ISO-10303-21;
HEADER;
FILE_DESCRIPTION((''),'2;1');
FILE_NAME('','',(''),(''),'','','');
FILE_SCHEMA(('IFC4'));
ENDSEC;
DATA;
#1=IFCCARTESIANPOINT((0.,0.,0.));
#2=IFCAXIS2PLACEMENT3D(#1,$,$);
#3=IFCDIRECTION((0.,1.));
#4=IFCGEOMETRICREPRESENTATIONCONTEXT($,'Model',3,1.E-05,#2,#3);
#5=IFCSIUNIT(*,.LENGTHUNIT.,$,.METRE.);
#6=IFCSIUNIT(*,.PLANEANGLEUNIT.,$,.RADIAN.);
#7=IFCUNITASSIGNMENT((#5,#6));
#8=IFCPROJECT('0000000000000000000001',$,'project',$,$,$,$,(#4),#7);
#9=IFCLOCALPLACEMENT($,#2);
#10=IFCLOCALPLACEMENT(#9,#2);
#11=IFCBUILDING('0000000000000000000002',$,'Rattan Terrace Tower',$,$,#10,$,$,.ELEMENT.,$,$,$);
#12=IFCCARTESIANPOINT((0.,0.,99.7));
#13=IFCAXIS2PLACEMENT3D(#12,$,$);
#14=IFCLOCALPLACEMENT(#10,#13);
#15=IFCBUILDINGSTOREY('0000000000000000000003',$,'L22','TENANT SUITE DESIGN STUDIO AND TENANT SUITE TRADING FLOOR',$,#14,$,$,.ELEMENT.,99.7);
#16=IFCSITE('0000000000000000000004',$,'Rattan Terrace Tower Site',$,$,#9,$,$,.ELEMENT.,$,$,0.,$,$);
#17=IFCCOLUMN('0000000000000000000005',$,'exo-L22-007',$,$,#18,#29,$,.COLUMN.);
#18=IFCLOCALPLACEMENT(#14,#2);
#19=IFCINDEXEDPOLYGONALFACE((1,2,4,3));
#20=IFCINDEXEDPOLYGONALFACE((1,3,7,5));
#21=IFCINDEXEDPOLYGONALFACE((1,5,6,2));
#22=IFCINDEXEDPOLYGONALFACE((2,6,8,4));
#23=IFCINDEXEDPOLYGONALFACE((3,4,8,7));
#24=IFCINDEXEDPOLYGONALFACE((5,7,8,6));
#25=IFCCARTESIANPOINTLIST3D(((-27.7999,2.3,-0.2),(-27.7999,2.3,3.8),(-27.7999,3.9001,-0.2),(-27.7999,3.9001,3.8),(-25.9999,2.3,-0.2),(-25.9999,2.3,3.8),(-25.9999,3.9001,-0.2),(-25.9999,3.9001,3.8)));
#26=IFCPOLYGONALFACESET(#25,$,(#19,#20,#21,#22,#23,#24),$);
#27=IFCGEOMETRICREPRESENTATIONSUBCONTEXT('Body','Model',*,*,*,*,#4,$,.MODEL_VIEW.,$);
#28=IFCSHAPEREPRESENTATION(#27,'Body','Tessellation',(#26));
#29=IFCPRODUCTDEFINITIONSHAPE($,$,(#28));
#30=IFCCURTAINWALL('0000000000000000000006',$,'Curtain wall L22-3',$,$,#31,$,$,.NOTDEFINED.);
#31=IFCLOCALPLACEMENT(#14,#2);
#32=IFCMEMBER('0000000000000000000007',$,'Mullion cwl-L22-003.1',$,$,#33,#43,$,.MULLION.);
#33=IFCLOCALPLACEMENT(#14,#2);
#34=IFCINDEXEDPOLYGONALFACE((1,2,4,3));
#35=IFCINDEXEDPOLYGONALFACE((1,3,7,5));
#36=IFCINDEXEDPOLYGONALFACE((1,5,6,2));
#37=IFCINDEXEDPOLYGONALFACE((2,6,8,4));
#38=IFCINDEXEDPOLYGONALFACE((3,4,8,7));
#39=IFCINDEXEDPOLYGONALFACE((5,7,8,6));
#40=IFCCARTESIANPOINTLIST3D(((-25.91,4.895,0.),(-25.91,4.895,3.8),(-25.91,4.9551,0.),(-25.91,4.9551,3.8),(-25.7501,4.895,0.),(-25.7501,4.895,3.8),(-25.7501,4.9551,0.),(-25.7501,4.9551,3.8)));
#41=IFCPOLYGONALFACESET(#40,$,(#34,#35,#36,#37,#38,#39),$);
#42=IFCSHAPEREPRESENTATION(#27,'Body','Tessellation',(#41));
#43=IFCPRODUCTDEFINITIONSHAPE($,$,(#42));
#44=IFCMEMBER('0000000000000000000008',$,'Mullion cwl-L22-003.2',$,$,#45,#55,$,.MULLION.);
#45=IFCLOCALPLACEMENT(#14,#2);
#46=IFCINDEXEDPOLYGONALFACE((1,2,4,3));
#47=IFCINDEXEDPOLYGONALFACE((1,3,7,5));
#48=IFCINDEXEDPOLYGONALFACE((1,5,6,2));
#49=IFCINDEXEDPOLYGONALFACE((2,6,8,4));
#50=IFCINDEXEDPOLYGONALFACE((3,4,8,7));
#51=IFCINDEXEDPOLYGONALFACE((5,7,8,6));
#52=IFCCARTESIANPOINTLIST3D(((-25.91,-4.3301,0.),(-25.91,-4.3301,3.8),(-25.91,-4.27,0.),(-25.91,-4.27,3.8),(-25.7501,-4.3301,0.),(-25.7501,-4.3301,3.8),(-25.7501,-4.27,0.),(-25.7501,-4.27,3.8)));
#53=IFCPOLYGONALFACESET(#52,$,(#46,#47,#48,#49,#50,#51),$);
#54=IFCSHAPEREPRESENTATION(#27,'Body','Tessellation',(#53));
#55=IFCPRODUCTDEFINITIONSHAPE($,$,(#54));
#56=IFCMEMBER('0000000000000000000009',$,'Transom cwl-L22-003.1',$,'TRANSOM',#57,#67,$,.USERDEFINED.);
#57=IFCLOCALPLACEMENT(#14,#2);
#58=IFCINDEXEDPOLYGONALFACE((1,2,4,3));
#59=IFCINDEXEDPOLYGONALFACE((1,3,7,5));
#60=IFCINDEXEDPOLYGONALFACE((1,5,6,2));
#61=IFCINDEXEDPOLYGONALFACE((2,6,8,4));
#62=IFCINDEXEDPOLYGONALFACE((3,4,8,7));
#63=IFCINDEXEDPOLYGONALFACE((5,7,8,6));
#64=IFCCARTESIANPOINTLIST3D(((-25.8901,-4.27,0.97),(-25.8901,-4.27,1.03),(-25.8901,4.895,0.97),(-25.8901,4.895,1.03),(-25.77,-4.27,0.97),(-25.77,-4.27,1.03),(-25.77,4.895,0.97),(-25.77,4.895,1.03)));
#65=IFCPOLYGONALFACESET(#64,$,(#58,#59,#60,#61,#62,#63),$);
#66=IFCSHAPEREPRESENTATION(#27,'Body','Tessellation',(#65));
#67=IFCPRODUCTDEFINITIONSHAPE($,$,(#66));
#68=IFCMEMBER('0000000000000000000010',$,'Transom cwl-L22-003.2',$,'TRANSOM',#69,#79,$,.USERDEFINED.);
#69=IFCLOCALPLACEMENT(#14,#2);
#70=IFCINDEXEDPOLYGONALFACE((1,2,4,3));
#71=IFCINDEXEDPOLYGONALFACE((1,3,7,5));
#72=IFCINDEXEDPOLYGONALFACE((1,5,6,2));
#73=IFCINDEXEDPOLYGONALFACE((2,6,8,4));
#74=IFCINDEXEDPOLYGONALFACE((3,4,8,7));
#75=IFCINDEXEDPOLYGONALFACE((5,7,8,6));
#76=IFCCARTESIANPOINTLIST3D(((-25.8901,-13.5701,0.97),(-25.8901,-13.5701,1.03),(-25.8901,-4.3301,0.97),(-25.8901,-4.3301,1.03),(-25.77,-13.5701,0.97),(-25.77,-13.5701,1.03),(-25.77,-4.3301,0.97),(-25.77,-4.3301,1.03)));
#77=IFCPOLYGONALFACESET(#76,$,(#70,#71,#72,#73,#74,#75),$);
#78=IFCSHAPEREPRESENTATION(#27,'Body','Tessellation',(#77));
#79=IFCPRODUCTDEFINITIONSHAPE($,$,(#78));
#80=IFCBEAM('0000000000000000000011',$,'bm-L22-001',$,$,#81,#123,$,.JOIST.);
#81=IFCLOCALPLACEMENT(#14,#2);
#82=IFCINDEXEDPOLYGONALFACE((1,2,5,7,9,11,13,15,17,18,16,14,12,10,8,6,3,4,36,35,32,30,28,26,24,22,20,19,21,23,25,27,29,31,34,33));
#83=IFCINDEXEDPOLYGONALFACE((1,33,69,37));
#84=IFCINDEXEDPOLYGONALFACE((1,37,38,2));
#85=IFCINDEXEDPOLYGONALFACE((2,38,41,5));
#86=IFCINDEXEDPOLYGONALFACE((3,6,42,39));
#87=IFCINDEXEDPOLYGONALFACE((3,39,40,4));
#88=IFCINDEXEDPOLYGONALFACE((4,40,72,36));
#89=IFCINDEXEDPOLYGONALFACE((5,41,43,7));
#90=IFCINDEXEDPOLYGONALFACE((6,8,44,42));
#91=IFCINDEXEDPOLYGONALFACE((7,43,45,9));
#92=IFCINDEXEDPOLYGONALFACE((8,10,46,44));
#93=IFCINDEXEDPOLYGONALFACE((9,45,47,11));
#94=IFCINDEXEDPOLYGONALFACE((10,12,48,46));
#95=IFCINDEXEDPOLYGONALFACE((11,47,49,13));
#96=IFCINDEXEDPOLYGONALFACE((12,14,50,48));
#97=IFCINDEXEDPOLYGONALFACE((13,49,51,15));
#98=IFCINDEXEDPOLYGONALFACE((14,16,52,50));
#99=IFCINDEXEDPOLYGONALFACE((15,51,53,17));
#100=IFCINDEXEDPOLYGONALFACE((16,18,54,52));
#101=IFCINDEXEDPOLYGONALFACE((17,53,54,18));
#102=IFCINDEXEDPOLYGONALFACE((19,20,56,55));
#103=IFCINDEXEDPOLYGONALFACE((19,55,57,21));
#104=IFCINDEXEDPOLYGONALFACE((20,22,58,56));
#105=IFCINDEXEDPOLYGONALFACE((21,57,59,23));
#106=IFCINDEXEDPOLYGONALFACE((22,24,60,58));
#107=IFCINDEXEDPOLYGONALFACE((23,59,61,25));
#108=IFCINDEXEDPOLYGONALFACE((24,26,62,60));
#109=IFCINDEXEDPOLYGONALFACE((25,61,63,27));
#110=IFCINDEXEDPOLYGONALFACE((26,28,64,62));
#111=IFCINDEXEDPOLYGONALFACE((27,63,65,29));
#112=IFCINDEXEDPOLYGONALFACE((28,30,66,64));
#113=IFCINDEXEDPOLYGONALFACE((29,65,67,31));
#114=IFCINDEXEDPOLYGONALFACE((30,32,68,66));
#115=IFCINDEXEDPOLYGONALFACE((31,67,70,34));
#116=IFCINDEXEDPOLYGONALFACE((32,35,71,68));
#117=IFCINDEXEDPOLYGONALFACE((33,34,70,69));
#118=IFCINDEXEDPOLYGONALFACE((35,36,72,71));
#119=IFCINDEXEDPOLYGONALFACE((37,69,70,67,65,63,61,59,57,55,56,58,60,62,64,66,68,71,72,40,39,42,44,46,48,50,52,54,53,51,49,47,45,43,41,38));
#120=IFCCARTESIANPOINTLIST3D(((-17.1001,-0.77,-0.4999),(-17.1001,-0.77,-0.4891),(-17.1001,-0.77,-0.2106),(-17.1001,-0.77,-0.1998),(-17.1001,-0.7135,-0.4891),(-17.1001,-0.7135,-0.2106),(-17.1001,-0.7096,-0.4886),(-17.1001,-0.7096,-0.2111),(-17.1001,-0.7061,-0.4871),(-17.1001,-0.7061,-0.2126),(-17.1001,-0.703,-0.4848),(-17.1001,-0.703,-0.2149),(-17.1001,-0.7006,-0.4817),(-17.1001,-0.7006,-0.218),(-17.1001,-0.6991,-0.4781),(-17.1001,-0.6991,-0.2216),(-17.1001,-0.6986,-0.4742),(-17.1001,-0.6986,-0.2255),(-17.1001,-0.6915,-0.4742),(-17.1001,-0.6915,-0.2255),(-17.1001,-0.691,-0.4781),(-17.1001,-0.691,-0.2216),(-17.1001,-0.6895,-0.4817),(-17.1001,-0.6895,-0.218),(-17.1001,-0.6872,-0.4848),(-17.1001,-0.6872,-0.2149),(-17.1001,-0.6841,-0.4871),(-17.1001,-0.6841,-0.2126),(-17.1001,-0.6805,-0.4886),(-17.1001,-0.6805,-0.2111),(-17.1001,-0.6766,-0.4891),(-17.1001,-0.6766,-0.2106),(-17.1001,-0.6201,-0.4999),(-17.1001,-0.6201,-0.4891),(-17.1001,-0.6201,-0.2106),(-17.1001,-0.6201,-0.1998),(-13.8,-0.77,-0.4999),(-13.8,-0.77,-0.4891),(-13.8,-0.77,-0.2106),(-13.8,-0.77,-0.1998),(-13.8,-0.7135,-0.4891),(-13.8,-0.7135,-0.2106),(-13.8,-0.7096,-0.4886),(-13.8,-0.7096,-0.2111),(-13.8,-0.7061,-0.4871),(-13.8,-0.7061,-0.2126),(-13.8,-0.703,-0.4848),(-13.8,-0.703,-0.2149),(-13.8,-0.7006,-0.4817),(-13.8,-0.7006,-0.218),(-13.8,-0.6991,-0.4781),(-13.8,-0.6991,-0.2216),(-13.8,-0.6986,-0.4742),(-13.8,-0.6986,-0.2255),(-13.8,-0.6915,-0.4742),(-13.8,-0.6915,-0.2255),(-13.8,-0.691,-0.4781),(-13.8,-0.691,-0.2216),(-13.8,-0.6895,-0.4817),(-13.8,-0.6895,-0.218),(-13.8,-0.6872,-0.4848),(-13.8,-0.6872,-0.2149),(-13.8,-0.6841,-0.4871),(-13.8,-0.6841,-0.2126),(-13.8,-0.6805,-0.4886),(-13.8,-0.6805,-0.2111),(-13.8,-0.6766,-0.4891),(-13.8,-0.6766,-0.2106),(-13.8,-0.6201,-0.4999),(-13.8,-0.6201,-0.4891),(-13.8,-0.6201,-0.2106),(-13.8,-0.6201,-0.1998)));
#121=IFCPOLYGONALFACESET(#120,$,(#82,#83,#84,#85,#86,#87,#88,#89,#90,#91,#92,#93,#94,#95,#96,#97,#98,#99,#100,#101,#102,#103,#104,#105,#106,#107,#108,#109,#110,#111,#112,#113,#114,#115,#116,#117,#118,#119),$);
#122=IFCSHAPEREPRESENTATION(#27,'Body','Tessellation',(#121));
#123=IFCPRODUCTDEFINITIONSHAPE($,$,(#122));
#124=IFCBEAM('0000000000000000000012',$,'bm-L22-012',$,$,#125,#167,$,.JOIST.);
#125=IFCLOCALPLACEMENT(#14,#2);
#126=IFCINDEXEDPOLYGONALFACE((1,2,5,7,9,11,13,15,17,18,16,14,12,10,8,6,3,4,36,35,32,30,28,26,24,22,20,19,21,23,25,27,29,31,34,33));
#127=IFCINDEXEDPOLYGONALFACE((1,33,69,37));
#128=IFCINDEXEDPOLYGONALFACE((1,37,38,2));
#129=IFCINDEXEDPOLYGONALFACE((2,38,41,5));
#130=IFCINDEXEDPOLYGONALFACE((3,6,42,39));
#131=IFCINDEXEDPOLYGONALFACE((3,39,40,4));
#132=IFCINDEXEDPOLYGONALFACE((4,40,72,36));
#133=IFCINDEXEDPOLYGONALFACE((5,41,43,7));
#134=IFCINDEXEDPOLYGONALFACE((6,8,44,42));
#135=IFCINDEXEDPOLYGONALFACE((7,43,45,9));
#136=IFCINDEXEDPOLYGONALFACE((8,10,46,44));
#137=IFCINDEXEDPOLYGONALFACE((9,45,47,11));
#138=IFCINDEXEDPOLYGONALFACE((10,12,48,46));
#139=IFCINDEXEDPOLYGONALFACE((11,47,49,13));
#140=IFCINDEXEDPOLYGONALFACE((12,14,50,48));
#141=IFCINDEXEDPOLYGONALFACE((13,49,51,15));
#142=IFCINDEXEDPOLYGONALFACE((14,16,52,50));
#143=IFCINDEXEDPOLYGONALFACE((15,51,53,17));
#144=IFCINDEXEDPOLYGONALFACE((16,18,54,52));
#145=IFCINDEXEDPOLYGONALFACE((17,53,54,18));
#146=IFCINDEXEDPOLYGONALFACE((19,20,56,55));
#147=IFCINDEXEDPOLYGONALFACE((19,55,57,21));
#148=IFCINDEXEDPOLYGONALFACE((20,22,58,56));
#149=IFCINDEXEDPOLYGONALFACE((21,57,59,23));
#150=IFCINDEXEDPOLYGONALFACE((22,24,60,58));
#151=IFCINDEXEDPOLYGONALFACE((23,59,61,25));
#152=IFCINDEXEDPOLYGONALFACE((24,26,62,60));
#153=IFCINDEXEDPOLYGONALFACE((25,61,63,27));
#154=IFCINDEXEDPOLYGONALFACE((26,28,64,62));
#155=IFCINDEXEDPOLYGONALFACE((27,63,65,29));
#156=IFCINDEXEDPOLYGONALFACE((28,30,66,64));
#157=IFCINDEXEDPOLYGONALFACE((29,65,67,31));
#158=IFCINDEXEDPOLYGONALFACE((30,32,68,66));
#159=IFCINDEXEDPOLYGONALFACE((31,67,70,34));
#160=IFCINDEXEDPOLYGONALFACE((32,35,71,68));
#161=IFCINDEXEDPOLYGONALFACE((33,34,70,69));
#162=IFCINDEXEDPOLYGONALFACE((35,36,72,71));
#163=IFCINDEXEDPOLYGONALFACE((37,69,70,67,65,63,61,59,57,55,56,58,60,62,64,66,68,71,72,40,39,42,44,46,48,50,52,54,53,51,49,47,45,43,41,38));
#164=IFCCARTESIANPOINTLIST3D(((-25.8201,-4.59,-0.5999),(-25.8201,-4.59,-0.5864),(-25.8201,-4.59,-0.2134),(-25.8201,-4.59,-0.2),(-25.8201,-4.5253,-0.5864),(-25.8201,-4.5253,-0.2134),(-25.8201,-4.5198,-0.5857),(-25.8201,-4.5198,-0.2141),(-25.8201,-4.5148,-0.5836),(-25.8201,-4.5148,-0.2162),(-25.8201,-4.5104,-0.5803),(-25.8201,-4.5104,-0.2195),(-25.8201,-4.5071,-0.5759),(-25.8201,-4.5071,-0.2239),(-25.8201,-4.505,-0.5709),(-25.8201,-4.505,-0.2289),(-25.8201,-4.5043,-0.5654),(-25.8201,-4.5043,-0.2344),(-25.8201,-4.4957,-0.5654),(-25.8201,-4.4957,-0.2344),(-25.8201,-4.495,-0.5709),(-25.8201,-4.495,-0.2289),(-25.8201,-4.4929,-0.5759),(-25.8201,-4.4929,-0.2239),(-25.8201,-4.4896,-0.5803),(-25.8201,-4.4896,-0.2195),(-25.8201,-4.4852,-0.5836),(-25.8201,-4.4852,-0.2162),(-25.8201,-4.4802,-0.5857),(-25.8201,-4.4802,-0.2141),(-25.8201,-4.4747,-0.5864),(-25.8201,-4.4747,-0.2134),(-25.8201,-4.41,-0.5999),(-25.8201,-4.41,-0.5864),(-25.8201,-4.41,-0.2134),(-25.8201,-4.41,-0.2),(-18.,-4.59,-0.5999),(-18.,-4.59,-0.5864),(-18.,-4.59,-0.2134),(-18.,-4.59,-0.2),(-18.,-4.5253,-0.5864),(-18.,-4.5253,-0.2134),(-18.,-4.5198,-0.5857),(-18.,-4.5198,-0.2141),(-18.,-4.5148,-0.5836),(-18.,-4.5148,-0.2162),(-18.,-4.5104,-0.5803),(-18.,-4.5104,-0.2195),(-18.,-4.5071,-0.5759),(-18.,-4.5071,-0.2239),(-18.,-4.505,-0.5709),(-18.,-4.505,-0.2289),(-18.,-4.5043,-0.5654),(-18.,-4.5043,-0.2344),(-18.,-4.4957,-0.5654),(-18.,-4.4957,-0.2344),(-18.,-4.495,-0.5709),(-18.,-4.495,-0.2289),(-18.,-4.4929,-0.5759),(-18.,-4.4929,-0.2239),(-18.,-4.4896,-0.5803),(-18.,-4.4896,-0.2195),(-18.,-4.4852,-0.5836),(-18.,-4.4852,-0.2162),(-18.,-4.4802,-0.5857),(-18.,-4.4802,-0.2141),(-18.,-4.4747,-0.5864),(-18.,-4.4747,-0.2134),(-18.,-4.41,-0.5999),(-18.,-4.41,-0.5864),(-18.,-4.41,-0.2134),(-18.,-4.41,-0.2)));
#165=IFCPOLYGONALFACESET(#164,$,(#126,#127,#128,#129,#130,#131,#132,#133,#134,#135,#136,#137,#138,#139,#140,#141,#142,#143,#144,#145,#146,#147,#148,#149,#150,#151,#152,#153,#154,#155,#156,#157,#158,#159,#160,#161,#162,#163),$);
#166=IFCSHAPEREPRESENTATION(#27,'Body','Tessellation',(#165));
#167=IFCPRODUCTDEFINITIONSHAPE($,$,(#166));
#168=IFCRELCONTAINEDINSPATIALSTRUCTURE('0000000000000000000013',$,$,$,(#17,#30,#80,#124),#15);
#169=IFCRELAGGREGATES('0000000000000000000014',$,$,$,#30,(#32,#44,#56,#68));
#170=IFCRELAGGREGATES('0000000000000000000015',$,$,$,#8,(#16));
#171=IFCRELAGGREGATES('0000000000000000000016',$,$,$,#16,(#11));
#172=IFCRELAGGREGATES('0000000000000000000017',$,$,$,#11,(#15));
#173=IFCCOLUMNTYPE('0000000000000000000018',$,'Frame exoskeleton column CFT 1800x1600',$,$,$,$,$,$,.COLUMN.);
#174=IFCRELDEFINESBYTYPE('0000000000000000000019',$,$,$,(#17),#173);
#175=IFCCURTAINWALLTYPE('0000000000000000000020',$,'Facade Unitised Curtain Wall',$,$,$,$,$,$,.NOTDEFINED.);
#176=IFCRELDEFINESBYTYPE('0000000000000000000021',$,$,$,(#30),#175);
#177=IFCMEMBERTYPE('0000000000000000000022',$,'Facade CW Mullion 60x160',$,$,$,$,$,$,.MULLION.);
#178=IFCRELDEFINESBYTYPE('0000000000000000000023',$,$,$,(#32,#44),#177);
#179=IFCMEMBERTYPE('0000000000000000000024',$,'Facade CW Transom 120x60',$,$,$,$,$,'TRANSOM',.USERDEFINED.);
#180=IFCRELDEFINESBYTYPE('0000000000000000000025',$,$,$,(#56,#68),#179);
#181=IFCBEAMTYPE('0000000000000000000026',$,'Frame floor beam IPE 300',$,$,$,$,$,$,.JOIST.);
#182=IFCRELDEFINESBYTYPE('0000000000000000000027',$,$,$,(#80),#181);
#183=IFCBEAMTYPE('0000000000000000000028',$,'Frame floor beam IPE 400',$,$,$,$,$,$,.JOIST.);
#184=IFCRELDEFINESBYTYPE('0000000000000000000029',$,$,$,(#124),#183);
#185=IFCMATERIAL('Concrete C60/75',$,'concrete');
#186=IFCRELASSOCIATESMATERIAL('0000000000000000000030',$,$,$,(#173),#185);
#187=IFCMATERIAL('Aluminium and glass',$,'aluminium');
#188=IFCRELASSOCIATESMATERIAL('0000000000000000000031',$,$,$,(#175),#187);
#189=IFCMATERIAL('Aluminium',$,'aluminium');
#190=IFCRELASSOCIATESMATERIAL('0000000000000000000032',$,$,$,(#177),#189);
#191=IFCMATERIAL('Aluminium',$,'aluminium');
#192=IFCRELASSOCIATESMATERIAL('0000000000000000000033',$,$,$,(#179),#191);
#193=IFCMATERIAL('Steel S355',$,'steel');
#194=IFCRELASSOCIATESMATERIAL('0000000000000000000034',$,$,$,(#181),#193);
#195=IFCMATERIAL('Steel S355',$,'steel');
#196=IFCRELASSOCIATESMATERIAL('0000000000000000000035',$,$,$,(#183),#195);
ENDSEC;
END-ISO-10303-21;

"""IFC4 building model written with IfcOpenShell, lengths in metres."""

from ifc_helpers import new_model, si_unit, direction, frame, origin, origin_2d, place, context, subcontext, project, spatial, rectangle, i_section, extrude, material, material_profile, profile_set, type_object, element, aggregate, save


model = new_model("IFC4")

# Units and contexts
model_context = context("Model", 3, precision=1e-05, world=origin(), true_north=direction((0.0, 1.0)))
body_context = subcontext(model_context, "Body", "Model", "MODEL_VIEW")
ifc_project = project(units=[si_unit("LENGTHUNIT", "METRE"), si_unit("PLANEANGLEUNIT", "RADIAN")], contexts=[model_context])

# Site, building, storey
site_placement = place(None, origin())
site = spatial("IfcSite", under=ifc_project, at=site_placement, Name="Rattan Terrace Tower Site", CompositionType="ELEMENT", RefElevation=0.0)
building_placement = place(site_placement, origin())
building = spatial("IfcBuilding", under=site, at=building_placement, Name="Rattan Terrace Tower", CompositionType="ELEMENT")
storey_placement = place(building_placement, frame((0.0, 0.0, 99.7)))
storey = spatial("IfcBuildingStorey", under=building, at=storey_placement, Name="L22", Description="TENANT SUITE DESIGN STUDIO AND TENANT SUITE TRADING FLOOR", CompositionType="ELEMENT", Elevation=99.7)

# Column
ifc_material_1 = material(Name="Concrete C60/75", Category="concrete")
ifc_material_profile_1 = material_profile(ifc_material_1, rectangle(XDim=1.6001, YDim=1.8, at=origin_2d()), Name="CFT 1800x1600")
ifc_profile_set_1 = profile_set([ifc_material_profile_1], Name="Concrete C60/75")
column_type = type_object("IfcColumnType", Name="Frame exoskeleton column CFT 1800x1600", PredefinedType="COLUMN", material=ifc_profile_set_1)
column_placement = place(storey_placement, frame((-26.8999, 3.1001, -0.2), z_axis=(0.0, 0.0, 1.0), x_axis=(0.0, 1.0, 0.0)))
element("IfcColumn", 1, at=column_placement, inside=storey, type_object=column_type, Name="exo-L22-007", PredefinedType="COLUMN", context=body_context, shape_type="SweptSolid", body=[
    extrude(rectangle(XDim=1.6001, YDim=1.8, at=origin_2d()), origin(), (0.0, 0.0, 1.0), 4.0),
])

# Curtain wall, members
ifc_material_2 = material(Name="Aluminium and glass", Category="aluminium")
curtain_wall_type = type_object("IfcCurtainWallType", Name="Facade Unitised Curtain Wall", PredefinedType="NOTDEFINED", material=ifc_material_2)
curtain_wall_placement = place(storey_placement, origin())
curtain_wall = element("IfcCurtainWall", 2, at=curtain_wall_placement, inside=storey, type_object=curtain_wall_type, Name="Curtain wall L22-3", PredefinedType="NOTDEFINED")
ifc_material_3 = material(Name="Aluminium", Category="aluminium")
ifc_material_profile_2 = material_profile(ifc_material_3, rectangle(XDim=0.0601, YDim=0.1599, at=origin_2d()), Name="Aluminium 60x160")
ifc_profile_set_2 = profile_set([ifc_material_profile_2], Name="Aluminium")
member_type_1 = type_object("IfcMemberType", Name="Facade CW Mullion 60x160", PredefinedType="MULLION", material=ifc_profile_set_2)
member_1_placement = place(storey_placement, frame((-25.8301, 4.925, 0.0), z_axis=(0.0, 0.0, 1.0), x_axis=(0.0, -1.0, 0.0)))
member_1 = element("IfcMember", 3, at=member_1_placement, type_object=member_type_1, Name="Mullion cwl-L22-003.1", PredefinedType="MULLION", context=body_context, shape_type="SweptSolid", body=[
    extrude(rectangle(XDim=0.0601, YDim=0.1599, at=origin_2d()), origin(), (0.0, 0.0, 1.0), 3.8),
])
member_2_placement = place(storey_placement, frame((-25.8301, -4.3, 0.0), z_axis=(0.0, 0.0, 1.0), x_axis=(0.0, -1.0, 0.0)))
member_2 = element("IfcMember", 4, at=member_2_placement, type_object=member_type_1, Name="Mullion cwl-L22-003.2", PredefinedType="MULLION", context=body_context, shape_type="SweptSolid", body=[
    extrude(rectangle(XDim=0.0601, YDim=0.1599, at=origin_2d()), origin(), (0.0, 0.0, 1.0), 3.8),
])
ifc_material_4 = material(Name="Aluminium", Category="aluminium")
ifc_material_profile_3 = material_profile(ifc_material_4, rectangle(XDim=0.1201, YDim=0.0601, at=origin_2d()), Name="Aluminium 120x60")
ifc_profile_set_3 = profile_set([ifc_material_profile_3], Name="Aluminium")
member_type_2 = type_object("IfcMemberType", Name="Facade CW Transom 120x60", ElementType="TRANSOM", PredefinedType="USERDEFINED", material=ifc_profile_set_3)
member_3_placement = place(storey_placement, frame((-25.8301, 4.895, 1.0), z_axis=(0.0, -1.0, 0.0), x_axis=(1.0, 0.0, 0.0)))
member_3 = element("IfcMember", 5, at=member_3_placement, type_object=member_type_2, Name="Transom cwl-L22-003.1", ObjectType="TRANSOM", PredefinedType="USERDEFINED", context=body_context, shape_type="SweptSolid", body=[
    extrude(rectangle(XDim=0.1201, YDim=0.0601, at=origin_2d()), origin(), (0.0, 0.0, 1.0), 9.165),
])
member_4_placement = place(storey_placement, frame((-25.8301, -4.3301, 1.0), z_axis=(0.0, -1.0, 0.0), x_axis=(1.0, 0.0, 0.0)))
member_4 = element("IfcMember", 6, at=member_4_placement, type_object=member_type_2, Name="Transom cwl-L22-003.2", ObjectType="TRANSOM", PredefinedType="USERDEFINED", context=body_context, shape_type="SweptSolid", body=[
    extrude(rectangle(XDim=0.1201, YDim=0.0601, at=origin_2d()), origin(), (0.0, 0.0, 1.0), 9.24),
])

# Beams
ifc_material_5 = material(Name="Steel S355", Category="steel")
ifc_material_profile_4 = material_profile(ifc_material_5, i_section(OverallWidth=0.1499, OverallDepth=0.3, WebThickness=0.0071, FlangeThickness=0.0107, FilletRadius=0.0149, at=origin_2d()), Name="IPE 300")
ifc_profile_set_4 = profile_set([ifc_material_profile_4], Name="Steel S355")
beam_type_1 = type_object("IfcBeamType", Name="Frame floor beam IPE 300", PredefinedType="JOIST", material=ifc_profile_set_4)
beam_placement = place(storey_placement, frame((-17.1001, -0.6951, -0.3499), z_axis=(1.0, 0.0, 0.0), x_axis=(0.0, 1.0, 0.0)))
element("IfcBeam", 7, at=beam_placement, inside=storey, type_object=beam_type_1, Name="bm-L22-001", PredefinedType="JOIST", context=body_context, shape_type="SweptSolid", body=[
    extrude(i_section(OverallWidth=0.1499, OverallDepth=0.3, WebThickness=0.0071, FlangeThickness=0.0107, FilletRadius=0.0149, at=origin_2d()), origin(), (0.0, 0.0, 1.0), 3.3),
])
ifc_material_6 = material(Name="Steel S355", Category="steel")
ifc_material_profile_5 = material_profile(ifc_material_6, i_section(OverallWidth=0.1799, OverallDepth=0.3999, WebThickness=0.0085, FlangeThickness=0.0134, FilletRadius=0.021, at=origin_2d()), Name="IPE 400")
ifc_profile_set_5 = profile_set([ifc_material_profile_5], Name="Steel S355")
beam_type_2 = type_object("IfcBeamType", Name="Frame floor beam IPE 400", PredefinedType="JOIST", material=ifc_profile_set_5)
for number, where, z_axis, x_axis, name in (
    (8, (-25.8201, -4.5, -0.3999), (1.0, 0.0, 0.0), (0.0, 1.0, 0.0), "bm-L22-012"),
):
    element("IfcBeam", number, at=place(storey_placement, frame(where, z_axis=z_axis, x_axis=x_axis)), inside=storey, type_object=beam_type_2, Name=name, PredefinedType="JOIST", context=body_context, shape_type="SweptSolid", body=[
        extrude(i_section(OverallWidth=0.1799, OverallDepth=0.3999, WebThickness=0.0085, FlangeThickness=0.0134, FilletRadius=0.021, at=origin_2d()), origin(), (0.0, 0.0, 1.0), 7.8201),
    ])

aggregate(curtain_wall, [member_1, member_2, member_3, member_4])

save(model, "model.ifc")
